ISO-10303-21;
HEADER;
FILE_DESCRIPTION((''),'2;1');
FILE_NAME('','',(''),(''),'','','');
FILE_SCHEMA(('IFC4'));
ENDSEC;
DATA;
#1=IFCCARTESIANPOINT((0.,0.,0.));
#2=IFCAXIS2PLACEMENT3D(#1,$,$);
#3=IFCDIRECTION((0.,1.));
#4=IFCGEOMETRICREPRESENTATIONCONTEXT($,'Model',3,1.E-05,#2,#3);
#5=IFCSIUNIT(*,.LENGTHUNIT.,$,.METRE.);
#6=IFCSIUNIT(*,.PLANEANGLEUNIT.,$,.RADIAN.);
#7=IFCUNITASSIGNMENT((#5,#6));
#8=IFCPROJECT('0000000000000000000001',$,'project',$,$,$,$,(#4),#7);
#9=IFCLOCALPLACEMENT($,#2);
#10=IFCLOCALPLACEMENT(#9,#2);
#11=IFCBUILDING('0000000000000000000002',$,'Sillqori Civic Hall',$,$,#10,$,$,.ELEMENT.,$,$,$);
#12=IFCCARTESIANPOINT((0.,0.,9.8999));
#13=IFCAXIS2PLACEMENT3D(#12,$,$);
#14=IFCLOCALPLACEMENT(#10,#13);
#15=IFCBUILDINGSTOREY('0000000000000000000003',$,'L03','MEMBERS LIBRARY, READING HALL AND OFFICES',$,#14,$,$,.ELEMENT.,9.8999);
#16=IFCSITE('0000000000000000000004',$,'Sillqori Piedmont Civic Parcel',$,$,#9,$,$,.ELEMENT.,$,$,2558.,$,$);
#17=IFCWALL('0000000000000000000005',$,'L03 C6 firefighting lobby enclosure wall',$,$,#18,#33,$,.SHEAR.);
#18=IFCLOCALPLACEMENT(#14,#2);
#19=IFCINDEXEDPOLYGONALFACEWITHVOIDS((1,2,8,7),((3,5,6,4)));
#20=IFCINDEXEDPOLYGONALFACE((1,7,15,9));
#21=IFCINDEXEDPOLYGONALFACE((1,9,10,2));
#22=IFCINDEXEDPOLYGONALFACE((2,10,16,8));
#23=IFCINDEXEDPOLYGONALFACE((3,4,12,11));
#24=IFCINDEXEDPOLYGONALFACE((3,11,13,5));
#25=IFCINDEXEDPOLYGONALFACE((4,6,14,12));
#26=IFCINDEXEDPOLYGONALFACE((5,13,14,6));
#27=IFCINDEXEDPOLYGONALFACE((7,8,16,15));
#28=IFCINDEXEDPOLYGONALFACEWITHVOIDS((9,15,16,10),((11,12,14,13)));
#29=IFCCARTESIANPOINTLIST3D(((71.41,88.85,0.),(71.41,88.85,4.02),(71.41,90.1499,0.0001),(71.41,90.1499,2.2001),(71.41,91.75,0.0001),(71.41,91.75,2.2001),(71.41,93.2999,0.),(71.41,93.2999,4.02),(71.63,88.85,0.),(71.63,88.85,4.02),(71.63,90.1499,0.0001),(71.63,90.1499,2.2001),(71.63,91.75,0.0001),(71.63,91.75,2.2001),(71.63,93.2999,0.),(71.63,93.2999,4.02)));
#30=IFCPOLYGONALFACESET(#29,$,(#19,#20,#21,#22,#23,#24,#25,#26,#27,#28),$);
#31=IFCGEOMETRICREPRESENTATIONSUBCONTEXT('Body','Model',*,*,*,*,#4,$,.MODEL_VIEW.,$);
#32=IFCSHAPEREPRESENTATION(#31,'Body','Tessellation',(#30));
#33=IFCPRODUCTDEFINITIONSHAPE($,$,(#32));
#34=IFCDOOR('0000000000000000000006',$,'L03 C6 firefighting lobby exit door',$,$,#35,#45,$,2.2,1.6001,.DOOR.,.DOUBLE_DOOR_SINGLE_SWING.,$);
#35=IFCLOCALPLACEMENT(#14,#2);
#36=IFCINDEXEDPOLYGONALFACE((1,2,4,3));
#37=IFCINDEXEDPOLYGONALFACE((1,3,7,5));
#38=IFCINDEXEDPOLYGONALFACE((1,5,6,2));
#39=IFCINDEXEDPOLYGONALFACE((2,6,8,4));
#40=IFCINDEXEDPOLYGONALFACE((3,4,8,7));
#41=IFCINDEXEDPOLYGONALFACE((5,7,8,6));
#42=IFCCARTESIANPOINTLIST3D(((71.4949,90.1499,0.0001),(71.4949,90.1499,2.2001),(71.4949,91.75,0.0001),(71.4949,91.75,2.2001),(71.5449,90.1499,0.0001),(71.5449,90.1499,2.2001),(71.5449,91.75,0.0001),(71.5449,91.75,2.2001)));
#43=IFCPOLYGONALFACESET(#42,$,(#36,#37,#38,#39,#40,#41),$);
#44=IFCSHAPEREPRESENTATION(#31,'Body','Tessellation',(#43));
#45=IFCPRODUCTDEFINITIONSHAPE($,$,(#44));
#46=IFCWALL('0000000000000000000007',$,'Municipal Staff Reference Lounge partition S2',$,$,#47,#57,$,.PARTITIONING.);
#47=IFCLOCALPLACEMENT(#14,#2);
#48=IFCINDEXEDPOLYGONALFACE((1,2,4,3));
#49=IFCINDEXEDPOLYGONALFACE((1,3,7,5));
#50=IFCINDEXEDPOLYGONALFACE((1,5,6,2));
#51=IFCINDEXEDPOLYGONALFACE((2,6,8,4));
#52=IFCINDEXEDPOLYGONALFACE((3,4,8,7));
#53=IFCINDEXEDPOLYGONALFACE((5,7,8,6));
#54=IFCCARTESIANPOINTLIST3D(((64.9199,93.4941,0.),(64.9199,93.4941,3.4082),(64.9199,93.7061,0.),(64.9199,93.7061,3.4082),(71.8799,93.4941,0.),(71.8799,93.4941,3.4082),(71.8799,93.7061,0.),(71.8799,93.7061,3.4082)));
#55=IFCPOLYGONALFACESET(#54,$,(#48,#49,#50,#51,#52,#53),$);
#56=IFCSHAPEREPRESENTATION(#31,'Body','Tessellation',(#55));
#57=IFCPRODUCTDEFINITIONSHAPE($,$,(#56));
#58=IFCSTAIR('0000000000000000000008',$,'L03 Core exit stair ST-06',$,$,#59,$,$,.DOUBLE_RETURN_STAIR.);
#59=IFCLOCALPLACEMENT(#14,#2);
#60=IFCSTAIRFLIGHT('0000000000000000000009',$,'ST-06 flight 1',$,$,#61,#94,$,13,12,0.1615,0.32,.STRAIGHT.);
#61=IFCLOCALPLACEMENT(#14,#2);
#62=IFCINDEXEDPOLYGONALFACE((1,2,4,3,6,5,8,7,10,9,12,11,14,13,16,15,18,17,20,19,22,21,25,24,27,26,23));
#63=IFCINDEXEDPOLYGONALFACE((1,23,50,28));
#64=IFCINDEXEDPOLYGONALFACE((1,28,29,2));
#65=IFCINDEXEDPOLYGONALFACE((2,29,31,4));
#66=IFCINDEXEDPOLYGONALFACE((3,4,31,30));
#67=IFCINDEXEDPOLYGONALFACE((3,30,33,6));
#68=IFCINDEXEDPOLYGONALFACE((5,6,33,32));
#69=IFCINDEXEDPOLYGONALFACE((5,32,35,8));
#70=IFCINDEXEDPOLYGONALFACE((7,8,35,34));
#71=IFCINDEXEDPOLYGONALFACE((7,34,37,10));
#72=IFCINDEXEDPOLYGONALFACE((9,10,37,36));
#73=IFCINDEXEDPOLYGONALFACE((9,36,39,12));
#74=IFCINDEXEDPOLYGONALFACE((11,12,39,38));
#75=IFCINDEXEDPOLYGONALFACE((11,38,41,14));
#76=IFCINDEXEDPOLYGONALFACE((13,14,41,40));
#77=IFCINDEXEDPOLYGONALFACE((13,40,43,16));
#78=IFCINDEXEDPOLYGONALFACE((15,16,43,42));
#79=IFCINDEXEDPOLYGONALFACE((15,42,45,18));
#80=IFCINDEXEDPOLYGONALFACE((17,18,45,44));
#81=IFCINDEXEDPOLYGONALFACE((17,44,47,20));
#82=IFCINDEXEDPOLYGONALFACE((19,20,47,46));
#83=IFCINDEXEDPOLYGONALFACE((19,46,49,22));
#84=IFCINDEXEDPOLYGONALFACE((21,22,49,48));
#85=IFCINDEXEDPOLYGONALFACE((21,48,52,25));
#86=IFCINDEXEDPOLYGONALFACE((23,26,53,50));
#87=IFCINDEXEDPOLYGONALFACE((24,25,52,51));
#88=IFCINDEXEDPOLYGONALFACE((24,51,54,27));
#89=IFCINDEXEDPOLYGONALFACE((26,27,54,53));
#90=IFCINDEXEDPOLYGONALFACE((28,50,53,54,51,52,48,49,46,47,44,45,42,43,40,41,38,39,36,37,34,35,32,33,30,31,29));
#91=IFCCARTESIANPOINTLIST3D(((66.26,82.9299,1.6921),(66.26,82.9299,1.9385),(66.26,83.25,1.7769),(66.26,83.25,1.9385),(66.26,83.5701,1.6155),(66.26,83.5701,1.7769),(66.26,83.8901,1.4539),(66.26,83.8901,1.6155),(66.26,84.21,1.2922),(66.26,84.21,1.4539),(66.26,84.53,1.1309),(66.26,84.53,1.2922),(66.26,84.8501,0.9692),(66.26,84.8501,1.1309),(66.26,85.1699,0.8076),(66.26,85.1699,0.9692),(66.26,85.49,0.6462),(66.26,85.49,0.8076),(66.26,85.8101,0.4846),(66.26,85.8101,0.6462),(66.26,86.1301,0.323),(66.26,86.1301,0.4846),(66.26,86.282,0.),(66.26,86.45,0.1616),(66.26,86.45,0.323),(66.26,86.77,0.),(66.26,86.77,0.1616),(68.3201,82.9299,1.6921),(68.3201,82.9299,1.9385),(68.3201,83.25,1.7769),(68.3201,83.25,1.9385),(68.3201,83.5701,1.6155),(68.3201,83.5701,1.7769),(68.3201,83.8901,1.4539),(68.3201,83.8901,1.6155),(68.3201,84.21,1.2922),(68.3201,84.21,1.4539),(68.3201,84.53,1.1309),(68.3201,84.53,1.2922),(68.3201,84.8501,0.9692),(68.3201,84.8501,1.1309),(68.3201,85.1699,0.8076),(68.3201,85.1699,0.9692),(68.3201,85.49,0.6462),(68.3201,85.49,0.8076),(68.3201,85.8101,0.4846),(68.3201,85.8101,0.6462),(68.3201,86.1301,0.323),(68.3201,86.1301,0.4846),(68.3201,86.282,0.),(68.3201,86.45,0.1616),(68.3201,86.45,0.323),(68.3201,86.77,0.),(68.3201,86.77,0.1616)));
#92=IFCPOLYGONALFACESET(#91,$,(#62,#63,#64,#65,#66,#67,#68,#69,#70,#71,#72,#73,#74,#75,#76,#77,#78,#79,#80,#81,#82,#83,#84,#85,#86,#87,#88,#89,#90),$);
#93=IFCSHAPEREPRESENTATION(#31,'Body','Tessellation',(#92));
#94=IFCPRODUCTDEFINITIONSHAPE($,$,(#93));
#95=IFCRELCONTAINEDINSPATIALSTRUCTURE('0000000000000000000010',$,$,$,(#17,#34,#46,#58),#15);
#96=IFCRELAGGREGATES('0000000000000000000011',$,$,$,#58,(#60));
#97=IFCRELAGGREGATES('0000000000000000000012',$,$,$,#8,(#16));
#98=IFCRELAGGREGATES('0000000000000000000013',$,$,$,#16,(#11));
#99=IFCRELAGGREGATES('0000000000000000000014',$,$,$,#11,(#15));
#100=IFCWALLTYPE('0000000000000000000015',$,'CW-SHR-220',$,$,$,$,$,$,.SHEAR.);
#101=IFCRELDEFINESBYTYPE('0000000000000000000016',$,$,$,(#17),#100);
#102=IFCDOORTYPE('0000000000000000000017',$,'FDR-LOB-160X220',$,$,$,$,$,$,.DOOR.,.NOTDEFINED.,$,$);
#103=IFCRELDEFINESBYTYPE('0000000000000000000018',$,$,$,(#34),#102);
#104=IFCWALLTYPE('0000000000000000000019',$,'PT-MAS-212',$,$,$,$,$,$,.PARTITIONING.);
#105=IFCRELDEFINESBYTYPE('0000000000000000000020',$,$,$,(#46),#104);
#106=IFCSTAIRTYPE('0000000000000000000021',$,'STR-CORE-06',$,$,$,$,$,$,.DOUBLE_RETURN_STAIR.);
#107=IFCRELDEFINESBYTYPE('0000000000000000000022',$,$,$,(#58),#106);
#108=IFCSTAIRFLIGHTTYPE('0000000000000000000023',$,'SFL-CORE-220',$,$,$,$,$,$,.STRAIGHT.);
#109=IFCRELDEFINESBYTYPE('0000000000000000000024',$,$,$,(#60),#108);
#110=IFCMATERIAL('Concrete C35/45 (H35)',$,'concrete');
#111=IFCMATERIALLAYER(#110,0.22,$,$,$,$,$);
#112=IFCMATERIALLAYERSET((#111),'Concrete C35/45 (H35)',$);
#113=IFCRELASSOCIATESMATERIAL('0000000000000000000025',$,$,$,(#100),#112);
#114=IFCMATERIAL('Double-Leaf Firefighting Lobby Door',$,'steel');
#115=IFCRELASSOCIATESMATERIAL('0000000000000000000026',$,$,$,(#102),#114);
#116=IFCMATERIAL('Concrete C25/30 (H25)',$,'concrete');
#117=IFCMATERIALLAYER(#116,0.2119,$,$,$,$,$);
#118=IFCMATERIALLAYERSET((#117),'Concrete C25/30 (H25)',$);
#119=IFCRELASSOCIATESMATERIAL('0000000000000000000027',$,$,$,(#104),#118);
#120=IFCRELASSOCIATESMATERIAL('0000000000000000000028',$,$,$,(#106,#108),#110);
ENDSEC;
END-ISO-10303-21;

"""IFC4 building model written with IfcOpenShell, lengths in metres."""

from ifc_helpers import new_model, si_unit, direction, frame, frame_2d, origin, place, context, subcontext, project, spatial, polyline, rectangle, outline, extrude, material, layer, layer_set, type_object, element, fill, aggregate, save


model = new_model("IFC4")

# Units and contexts
model_context = context("Model", 3, precision=1e-05, world=origin(), true_north=direction((0.0, 1.0)))
body_context = subcontext(model_context, "Body", "Model", "MODEL_VIEW")
ifc_project = project(units=[si_unit("LENGTHUNIT", "METRE"), si_unit("PLANEANGLEUNIT", "RADIAN")], contexts=[model_context])

# Site, building, storey
site_placement = place(None, origin())
site = spatial("IfcSite", under=ifc_project, at=site_placement, Name="Sillqori Piedmont Civic Parcel", CompositionType="ELEMENT", RefElevation=2558.0)
building_placement = place(site_placement, origin())
building = spatial("IfcBuilding", under=site, at=building_placement, Name="Sillqori Civic Hall", CompositionType="ELEMENT")
storey_placement = place(building_placement, frame((0.0, 0.0, 9.8999)))
storey = spatial("IfcBuildingStorey", under=building, at=storey_placement, Name="L03", Description="MEMBERS LIBRARY, READING HALL AND OFFICES", CompositionType="ELEMENT", Elevation=9.8999)

# Wall, opening, door
ifc_material_1 = material(Name="Concrete C35/45 (H35)", Category="concrete")
ifc_layer_1 = layer(ifc_material_1, 0.22)
ifc_layer_set_1 = layer_set([ifc_layer_1], Name="Concrete C35/45 (H35)")
wall_type_1 = type_object("IfcWallType", Name="CW-SHR-220", PredefinedType="SHEAR", material=ifc_layer_set_1)
wall_1_placement = place(storey_placement, frame((71.52, 93.3, 0.0), z_axis=(0.0, 0.0, 1.0), x_axis=(0.0, -1.0, 0.0)))
wall_1 = element("IfcWall", 1, at=wall_1_placement, inside=storey, type_object=wall_type_1, Name="L03 C6 firefighting lobby enclosure wall", PredefinedType="SHEAR", context=body_context, shape_type="SweptSolid", body=[
    extrude(rectangle(XDim=4.45, YDim=0.22, at=frame_2d((2.2251, 0.0))), origin(), (0.0, 0.0, 1.0), 4.02),
])
opening_1_placement = place(wall_1_placement, frame((1.55, 0.0, 0.0)))
opening_1 = element("IfcOpeningElement", 2, at=opening_1_placement, cuts=wall_1, PredefinedType="OPENING", context=body_context, shape_type="SweptSolid", body=[
    extrude(rectangle(XDim=1.6001, YDim=2.2, at=frame_2d((0.8, 1.1001))), frame((0.0, 0.1199, 0.0), z_axis=(0.0, -1.0, 0.0), x_axis=(1.0, 0.0, 0.0)), (0.0, 0.0, 1.0), 0.24),
])
ifc_material_2 = material(Name="Double-Leaf Firefighting Lobby Door", Category="steel")
door_type_1 = type_object("IfcDoorType", Name="FDR-LOB-160X220", OperationType="NOTDEFINED", PredefinedType="DOOR", material=ifc_material_2)
door_1_placement = place(opening_1_placement, origin())
door_1 = element("IfcDoor", 3, at=door_1_placement, inside=storey, type_object=door_type_1, Name="L03 C6 firefighting lobby exit door", OperationType="DOUBLE_DOOR_SINGLE_SWING", OverallHeight=2.2, OverallWidth=1.6001, PredefinedType="DOOR", context=body_context, shape_type="SweptSolid", body=[
    extrude(rectangle(XDim=1.6001, YDim=2.2, at=frame_2d((0.8, 1.1001))), frame((0.0, 0.0249, 0.0), z_axis=(0.0, -1.0, 0.0), x_axis=(1.0, 0.0, 0.0)), (0.0, 0.0, 1.0), 0.05),
])
fill(opening_1, door_1)

# Wall
ifc_material_3 = material(Name="Concrete C25/30 (H25)", Category="concrete")
ifc_layer_2 = layer(ifc_material_3, 0.2119)
ifc_layer_set_2 = layer_set([ifc_layer_2], Name="Concrete C25/30 (H25)")
wall_type_2 = type_object("IfcWallType", Name="PT-MAS-212", PredefinedType="PARTITIONING", material=ifc_layer_set_2)
wall_2_placement = place(storey_placement, frame((71.8799, 93.6001, 0.0), z_axis=(0.0, 0.0, 1.0), x_axis=(-1.0, 0.0, 0.0)))
element("IfcWall", 4, at=wall_2_placement, inside=storey, type_object=wall_type_2, Name="Municipal Staff Reference Lounge partition S2", PredefinedType="PARTITIONING", context=body_context, shape_type="SweptSolid", body=[
    extrude(rectangle(XDim=6.96, YDim=0.2119, at=frame_2d((3.48, 0.0))), origin(), (0.0, 0.0, 1.0), 3.4082),
])

# Stair, stair flight
stair_type = type_object("IfcStairType", Name="STR-CORE-06", PredefinedType="DOUBLE_RETURN_STAIR", material=ifc_material_1)
stair_placement = place(storey_placement, origin())
stair = element("IfcStair", 5, at=stair_placement, inside=storey, type_object=stair_type, Name="L03 Core exit stair ST-06", PredefinedType="DOUBLE_RETURN_STAIR")
stair_flight_type = type_object("IfcStairFlightType", Name="SFL-CORE-220", PredefinedType="STRAIGHT", material=ifc_material_1)
stair_flight_placement = place(storey_placement, frame((67.29, 86.77, 0.0), z_axis=(0.0, 0.0, 1.0), x_axis=(0.0, -1.0, 0.0)))
stair_flight = element("IfcStairFlight", 6, at=stair_flight_placement, type_object=stair_flight_type, Name="ST-06 flight 1", NumberOfRisers=13, NumberOfTreads=12, PredefinedType="STRAIGHT", RiserHeight=0.1615, TreadLength=0.32, context=body_context, shape_type="SweptSolid", body=[
    extrude(outline(polyline([(0.0, 0.0), (0.0, 0.1616), (0.3201, 0.1616), (0.3201, 0.323), (0.6399, 0.323), (0.6399, 0.4846), (0.96, 0.4846), (0.96, 0.6462), (1.28, 0.6462), (1.28, 0.8076), (1.6001, 0.8076), (1.6001, 0.9692), (1.9199, 0.9692), (1.9199, 1.1309), (2.24, 1.1309), (2.24, 1.2922), (2.5601, 1.2922), (2.5601, 1.4539), (2.8799, 1.4539), (2.8799, 1.6155), (3.2, 1.6155), (3.2, 1.7769), (3.52, 1.7769), (3.52, 1.9385), (3.8401, 1.9385), (3.8401, 2.1001), (3.8401, 1.6921), (0.488, 0.0), (0.0, 0.0)])), frame((0.0, 1.03, 0.0), z_axis=(0.0, -1.0, 0.0), x_axis=(1.0, 0.0, 0.0)), (0.0, 0.0, 1.0), 2.0601),
])
aggregate(stair, [stair_flight])

save(model, "model.ifc")
